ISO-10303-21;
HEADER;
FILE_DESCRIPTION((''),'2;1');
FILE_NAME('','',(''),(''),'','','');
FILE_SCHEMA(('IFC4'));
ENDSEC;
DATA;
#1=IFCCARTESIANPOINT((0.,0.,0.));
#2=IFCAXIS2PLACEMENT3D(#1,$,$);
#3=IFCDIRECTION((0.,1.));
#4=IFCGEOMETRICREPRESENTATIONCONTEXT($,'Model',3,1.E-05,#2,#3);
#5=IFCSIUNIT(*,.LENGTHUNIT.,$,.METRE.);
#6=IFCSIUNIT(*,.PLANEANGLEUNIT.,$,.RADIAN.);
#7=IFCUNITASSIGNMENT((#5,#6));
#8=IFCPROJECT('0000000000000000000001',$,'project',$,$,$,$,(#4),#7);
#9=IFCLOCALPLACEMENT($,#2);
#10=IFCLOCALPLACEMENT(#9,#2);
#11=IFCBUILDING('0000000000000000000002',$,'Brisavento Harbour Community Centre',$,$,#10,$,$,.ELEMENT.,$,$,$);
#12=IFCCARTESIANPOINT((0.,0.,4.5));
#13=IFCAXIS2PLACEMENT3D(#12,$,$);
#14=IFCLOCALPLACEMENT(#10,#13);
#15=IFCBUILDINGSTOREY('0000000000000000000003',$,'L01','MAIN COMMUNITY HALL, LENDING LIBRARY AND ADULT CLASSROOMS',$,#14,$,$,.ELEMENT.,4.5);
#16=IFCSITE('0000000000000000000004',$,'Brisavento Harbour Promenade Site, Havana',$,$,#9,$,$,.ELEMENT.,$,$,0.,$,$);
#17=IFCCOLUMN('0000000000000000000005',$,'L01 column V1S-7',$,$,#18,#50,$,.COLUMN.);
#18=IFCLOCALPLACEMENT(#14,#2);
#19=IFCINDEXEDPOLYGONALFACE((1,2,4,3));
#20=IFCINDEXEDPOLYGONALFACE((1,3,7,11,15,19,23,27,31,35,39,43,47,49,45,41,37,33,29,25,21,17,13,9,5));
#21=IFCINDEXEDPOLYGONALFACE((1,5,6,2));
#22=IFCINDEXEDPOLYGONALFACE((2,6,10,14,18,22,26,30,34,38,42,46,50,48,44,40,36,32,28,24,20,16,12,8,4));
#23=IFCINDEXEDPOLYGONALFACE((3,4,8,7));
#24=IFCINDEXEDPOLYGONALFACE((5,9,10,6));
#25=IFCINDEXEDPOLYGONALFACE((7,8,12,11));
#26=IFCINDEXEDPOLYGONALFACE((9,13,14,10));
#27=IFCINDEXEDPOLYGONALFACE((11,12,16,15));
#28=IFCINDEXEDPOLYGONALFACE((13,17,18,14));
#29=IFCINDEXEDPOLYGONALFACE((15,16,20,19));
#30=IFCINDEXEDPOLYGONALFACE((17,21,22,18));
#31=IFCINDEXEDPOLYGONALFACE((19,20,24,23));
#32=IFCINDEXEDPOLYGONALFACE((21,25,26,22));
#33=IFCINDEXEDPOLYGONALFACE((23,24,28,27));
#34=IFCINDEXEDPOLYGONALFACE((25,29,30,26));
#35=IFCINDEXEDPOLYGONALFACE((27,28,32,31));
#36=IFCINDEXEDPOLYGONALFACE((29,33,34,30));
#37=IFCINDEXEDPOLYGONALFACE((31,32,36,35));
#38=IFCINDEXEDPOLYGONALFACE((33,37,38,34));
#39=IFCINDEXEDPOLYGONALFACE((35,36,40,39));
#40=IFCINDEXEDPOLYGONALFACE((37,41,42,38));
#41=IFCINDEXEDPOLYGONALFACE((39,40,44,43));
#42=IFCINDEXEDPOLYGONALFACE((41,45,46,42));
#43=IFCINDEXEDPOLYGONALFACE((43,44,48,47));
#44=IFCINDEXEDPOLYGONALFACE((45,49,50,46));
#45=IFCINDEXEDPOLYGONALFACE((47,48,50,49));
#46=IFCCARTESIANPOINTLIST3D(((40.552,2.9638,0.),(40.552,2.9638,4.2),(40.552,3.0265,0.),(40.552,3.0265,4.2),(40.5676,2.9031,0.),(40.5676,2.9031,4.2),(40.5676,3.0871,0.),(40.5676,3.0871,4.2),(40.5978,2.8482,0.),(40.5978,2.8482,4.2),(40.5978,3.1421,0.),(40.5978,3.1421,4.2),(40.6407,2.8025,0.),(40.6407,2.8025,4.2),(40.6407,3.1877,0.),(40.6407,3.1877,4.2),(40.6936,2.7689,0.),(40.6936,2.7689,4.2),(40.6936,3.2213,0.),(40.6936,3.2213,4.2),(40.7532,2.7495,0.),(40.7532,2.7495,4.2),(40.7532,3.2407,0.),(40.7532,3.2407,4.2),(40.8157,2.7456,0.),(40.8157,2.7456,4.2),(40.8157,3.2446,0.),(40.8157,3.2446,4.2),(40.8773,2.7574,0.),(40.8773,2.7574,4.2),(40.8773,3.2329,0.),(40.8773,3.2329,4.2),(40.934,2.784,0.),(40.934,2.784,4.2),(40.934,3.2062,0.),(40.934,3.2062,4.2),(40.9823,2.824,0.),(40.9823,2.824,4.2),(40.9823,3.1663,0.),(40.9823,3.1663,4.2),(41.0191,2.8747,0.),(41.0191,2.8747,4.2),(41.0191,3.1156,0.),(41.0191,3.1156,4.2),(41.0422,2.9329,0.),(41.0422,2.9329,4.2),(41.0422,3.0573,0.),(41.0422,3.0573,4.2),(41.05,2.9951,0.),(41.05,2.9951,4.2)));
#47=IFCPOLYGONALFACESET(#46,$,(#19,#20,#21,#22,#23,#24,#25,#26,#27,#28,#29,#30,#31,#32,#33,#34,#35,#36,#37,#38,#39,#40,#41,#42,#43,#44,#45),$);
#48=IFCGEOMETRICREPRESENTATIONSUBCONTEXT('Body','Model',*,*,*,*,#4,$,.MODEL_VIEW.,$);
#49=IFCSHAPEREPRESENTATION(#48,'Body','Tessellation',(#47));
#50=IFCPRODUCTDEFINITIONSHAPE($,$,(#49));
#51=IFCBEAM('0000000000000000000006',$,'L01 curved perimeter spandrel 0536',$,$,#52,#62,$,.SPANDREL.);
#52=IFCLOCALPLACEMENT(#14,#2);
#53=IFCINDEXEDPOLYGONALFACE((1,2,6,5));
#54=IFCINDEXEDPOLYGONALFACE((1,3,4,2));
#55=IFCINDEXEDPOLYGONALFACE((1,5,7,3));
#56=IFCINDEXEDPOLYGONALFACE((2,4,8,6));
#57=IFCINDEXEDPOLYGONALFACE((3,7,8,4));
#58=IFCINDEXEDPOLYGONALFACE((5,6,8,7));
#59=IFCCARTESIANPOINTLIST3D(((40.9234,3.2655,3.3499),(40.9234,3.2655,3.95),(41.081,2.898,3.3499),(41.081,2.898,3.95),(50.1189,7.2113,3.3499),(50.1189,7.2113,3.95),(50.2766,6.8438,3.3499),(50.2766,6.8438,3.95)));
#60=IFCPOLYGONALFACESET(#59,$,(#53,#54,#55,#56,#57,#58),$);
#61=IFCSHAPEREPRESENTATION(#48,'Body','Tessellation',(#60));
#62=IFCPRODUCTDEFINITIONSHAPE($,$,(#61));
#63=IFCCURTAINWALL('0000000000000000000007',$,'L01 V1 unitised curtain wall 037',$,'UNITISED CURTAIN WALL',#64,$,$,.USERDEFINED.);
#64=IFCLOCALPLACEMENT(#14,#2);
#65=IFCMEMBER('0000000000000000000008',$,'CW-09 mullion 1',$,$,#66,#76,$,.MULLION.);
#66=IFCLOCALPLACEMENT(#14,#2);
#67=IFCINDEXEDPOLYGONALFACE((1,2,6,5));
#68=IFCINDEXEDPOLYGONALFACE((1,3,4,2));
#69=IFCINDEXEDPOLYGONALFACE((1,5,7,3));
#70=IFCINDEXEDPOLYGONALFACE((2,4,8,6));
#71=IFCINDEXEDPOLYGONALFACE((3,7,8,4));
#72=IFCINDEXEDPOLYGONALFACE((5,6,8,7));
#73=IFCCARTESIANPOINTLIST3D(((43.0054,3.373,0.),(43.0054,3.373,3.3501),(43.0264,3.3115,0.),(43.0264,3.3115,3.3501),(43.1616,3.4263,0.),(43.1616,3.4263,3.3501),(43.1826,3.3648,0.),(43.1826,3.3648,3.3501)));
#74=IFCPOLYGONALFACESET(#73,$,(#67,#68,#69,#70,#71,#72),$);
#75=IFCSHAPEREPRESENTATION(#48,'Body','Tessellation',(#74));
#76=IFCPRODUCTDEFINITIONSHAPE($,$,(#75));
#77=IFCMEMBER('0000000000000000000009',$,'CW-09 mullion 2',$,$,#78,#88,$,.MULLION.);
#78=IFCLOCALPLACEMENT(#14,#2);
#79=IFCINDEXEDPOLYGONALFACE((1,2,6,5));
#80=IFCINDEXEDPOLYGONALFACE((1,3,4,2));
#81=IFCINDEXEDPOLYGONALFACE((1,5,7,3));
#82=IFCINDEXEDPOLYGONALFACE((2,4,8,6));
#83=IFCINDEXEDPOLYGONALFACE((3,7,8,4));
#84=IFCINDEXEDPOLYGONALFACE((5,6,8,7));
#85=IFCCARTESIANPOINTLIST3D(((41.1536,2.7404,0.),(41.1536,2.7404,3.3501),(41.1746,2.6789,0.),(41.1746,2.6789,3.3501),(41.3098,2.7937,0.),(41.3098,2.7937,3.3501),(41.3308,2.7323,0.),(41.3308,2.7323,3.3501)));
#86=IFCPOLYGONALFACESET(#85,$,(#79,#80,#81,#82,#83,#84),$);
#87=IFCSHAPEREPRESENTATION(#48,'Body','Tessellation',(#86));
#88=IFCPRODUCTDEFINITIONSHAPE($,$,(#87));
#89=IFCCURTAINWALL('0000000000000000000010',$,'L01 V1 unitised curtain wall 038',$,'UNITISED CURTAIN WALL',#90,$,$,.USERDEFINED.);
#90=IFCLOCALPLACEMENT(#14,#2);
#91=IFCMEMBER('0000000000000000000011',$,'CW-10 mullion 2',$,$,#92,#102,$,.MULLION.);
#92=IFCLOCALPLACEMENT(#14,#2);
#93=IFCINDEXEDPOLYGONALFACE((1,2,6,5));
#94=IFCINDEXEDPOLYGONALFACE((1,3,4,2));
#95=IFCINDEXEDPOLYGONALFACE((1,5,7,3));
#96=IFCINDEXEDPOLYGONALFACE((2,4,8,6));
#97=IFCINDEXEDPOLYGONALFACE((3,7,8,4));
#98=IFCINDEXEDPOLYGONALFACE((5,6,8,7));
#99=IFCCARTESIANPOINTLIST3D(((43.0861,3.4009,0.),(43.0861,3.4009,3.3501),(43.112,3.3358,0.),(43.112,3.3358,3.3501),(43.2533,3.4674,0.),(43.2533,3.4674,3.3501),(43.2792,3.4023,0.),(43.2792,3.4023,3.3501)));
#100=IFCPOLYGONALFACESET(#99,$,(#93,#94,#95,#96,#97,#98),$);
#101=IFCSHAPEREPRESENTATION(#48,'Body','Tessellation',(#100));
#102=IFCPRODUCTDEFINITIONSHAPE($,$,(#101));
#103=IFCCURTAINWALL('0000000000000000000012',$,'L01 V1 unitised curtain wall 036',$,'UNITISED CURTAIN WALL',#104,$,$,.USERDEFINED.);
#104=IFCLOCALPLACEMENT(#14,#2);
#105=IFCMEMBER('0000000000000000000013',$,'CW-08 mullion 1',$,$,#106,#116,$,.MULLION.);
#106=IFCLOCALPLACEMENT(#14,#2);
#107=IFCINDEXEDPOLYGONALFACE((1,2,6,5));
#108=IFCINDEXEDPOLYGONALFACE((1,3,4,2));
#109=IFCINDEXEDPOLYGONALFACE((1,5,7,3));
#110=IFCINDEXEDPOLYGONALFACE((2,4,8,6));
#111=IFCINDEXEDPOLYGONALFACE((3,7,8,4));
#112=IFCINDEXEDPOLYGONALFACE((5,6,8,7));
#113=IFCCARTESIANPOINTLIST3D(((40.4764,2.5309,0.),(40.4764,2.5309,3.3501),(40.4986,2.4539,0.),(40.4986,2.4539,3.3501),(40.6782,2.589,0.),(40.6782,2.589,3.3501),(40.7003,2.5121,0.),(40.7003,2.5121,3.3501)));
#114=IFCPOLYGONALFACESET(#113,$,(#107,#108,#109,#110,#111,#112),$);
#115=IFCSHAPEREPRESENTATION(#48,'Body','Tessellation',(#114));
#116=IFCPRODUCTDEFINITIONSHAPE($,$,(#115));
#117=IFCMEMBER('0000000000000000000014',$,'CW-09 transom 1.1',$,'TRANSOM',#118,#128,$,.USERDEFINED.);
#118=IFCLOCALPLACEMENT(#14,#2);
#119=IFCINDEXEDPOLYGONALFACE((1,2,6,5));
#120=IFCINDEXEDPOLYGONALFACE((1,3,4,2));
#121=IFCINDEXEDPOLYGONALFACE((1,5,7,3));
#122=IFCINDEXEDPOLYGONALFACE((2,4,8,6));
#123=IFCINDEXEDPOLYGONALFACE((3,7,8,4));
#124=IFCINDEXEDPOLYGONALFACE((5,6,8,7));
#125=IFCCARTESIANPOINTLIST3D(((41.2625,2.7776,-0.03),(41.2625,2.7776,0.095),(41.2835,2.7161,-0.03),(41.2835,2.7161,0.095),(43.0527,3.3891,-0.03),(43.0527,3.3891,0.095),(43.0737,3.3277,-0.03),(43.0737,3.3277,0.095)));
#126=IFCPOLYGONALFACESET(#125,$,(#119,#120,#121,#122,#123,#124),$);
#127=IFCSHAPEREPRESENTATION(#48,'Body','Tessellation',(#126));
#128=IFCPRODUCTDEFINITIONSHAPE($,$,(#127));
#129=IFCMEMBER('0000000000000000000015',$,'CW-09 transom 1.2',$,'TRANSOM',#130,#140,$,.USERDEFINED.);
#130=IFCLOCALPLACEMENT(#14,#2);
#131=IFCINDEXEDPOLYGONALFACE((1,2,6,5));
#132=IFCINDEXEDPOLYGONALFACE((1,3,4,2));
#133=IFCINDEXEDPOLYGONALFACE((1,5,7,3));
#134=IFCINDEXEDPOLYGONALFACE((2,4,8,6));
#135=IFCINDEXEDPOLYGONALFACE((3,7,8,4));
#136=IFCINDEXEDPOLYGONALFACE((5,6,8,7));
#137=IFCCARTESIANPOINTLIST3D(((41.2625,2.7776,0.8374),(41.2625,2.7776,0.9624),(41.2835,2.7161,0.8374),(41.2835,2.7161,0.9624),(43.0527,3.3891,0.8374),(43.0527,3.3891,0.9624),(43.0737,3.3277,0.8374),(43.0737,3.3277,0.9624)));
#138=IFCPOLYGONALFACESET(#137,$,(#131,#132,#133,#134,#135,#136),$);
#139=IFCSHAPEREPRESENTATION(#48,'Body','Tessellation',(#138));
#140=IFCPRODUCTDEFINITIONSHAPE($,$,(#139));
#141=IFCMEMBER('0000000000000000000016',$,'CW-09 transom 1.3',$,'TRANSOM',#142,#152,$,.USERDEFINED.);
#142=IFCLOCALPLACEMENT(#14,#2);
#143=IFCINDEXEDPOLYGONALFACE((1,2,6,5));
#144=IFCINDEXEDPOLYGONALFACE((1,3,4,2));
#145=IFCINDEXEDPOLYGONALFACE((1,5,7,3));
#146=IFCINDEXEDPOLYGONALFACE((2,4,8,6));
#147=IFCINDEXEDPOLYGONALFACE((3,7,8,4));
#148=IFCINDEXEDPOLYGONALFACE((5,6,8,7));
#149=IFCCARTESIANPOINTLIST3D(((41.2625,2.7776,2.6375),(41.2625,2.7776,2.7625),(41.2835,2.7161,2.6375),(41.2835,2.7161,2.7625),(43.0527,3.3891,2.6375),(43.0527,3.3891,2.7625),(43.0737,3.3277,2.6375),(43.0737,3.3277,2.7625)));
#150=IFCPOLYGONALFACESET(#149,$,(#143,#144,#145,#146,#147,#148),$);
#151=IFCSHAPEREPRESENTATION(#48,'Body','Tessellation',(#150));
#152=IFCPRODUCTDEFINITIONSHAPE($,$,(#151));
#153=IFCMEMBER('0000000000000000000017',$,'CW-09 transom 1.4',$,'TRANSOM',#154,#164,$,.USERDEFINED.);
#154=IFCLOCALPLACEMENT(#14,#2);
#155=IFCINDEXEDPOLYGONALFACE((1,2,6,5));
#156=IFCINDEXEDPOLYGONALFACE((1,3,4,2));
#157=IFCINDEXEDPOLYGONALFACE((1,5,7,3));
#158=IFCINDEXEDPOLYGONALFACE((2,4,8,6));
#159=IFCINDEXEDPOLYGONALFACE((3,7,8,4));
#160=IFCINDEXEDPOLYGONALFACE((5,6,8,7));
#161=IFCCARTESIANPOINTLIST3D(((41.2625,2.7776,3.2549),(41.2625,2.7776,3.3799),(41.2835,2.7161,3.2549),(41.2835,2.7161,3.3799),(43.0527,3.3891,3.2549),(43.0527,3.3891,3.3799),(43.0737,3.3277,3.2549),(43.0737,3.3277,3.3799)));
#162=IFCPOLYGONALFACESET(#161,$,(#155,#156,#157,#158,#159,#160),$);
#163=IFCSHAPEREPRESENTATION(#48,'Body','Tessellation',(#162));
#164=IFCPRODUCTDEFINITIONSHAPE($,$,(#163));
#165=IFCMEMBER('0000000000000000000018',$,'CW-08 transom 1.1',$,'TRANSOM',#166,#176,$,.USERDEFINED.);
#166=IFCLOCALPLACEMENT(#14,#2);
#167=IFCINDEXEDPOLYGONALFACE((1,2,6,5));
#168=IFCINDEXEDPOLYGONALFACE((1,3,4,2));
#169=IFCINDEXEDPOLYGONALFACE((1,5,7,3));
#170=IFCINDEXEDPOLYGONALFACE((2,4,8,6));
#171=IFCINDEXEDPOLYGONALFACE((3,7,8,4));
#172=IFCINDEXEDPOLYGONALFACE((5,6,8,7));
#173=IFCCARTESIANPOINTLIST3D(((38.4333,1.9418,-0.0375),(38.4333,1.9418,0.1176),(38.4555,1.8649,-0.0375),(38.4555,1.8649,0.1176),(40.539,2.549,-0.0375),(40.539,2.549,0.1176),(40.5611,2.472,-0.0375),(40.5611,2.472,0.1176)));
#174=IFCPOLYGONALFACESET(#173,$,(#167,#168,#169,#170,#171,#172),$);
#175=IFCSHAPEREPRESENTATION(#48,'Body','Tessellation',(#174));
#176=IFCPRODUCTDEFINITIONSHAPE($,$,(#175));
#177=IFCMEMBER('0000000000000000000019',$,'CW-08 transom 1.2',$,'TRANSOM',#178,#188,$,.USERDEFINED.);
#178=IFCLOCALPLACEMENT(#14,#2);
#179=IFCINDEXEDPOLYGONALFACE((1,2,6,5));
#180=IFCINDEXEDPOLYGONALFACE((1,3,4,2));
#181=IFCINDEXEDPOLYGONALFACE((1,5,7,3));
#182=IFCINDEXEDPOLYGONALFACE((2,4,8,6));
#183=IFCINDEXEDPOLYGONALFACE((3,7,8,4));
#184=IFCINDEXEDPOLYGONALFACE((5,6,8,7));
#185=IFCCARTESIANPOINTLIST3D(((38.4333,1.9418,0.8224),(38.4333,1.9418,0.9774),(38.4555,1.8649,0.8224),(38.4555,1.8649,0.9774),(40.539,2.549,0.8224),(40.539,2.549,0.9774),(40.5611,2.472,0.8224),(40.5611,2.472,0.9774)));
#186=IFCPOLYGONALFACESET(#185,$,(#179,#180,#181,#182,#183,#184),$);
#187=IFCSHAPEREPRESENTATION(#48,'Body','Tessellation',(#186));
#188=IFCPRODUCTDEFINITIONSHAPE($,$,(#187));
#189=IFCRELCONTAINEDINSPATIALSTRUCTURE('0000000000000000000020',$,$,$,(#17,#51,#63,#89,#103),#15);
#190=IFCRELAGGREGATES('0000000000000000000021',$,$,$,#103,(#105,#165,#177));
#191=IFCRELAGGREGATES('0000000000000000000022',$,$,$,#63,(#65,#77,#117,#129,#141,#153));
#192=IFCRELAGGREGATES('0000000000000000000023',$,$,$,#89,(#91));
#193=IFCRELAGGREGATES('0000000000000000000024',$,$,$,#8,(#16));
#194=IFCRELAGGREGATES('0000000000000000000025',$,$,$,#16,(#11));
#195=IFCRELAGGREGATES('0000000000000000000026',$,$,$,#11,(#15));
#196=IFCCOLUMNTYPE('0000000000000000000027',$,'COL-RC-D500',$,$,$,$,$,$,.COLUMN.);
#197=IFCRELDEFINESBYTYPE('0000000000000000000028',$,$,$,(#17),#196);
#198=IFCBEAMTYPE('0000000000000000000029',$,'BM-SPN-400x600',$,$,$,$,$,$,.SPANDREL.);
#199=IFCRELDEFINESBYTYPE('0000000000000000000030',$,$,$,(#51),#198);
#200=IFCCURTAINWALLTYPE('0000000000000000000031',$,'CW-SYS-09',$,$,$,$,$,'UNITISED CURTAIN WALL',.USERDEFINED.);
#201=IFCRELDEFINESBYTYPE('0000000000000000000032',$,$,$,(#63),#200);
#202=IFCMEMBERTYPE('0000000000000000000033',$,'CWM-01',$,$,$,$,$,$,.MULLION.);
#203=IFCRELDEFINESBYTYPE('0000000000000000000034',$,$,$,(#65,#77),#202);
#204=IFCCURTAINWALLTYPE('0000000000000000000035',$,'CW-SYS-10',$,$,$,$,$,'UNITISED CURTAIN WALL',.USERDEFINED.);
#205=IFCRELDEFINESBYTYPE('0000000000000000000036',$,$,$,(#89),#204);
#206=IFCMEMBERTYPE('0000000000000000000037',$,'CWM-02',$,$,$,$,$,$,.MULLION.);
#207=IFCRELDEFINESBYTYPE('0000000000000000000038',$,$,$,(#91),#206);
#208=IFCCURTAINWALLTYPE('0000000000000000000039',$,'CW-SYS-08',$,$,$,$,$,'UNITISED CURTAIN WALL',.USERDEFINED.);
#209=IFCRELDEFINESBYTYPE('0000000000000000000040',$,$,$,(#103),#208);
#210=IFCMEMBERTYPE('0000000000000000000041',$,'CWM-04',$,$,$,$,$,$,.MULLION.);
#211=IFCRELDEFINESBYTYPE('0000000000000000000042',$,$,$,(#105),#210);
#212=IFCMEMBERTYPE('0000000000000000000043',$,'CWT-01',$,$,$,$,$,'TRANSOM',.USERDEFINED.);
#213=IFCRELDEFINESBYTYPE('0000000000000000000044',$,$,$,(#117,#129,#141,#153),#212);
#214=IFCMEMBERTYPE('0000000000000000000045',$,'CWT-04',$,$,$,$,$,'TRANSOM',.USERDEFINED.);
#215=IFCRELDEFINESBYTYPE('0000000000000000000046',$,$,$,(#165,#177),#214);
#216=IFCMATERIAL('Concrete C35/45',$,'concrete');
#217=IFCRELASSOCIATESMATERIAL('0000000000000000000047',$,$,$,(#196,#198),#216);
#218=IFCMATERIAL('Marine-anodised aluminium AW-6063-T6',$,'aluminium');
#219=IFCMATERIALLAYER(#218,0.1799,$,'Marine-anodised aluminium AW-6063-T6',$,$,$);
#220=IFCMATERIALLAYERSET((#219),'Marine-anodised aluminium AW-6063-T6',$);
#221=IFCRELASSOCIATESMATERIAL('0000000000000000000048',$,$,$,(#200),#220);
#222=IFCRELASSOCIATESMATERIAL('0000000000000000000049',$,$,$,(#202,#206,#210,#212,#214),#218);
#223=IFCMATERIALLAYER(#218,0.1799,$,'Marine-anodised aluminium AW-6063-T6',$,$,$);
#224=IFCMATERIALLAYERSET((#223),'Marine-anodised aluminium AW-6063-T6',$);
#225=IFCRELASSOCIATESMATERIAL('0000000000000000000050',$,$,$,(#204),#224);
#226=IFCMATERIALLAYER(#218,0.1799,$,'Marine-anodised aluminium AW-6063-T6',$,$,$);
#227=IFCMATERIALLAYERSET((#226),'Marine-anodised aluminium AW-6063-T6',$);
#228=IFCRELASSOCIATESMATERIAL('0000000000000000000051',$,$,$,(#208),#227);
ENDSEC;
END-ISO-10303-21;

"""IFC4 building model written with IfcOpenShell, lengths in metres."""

from ifc_helpers import new_model, si_unit, direction, frame, origin, origin_2d, place, context, subcontext, project, spatial, rectangle, circle, extrude, material, layer, layer_set, material_profile, profile_set, type_object, element, aggregate, save


model = new_model("IFC4")

# Units and contexts
model_context = context("Model", 3, precision=1e-05, world=origin(), true_north=direction((0.0, 1.0)))
body_context = subcontext(model_context, "Body", "Model", "MODEL_VIEW")
ifc_project = project(units=[si_unit("LENGTHUNIT", "METRE"), si_unit("PLANEANGLEUNIT", "RADIAN")], contexts=[model_context])

# Site, building, storey
site_placement = place(None, origin())
site = spatial("IfcSite", under=ifc_project, at=site_placement, Name="Brisavento Harbour Promenade Site, Havana", CompositionType="ELEMENT", RefElevation=0.0)
building_placement = place(site_placement, origin())
building = spatial("IfcBuilding", under=site, at=building_placement, Name="Brisavento Harbour Community Centre", CompositionType="ELEMENT")
storey_placement = place(building_placement, frame((0.0, 0.0, 4.5)))
storey = spatial("IfcBuildingStorey", under=building, at=storey_placement, Name="L01", Description="MAIN COMMUNITY HALL, LENDING LIBRARY AND ADULT CLASSROOMS", CompositionType="ELEMENT", Elevation=4.5)

# Column
ifc_material_1 = material(Name="Concrete C35/45", Category="concrete")
ifc_material_profile_1 = material_profile(ifc_material_1, circle(Radius=0.25, at=origin_2d()), Name="Concrete C35/45")
ifc_profile_set_1 = profile_set([ifc_material_profile_1], Name="Concrete C35/45")
column_type = type_object("IfcColumnType", Name="COL-RC-D500", PredefinedType="COLUMN", material=ifc_profile_set_1)
column_placement = place(storey_placement, frame((40.8, 2.9951, 0.0), z_axis=(0.0, 0.0, 1.0), x_axis=(1.0, 0.0, 0.0)))
element("IfcColumn", 1, at=column_placement, inside=storey, type_object=column_type, Name="L01 column V1S-7", PredefinedType="COLUMN", context=body_context, shape_type="SweptSolid", body=[
    extrude(circle(Radius=0.25, at=origin_2d()), origin(), (0.0, 0.0, 1.0), 4.2),
])

# Beam
ifc_material_profile_2 = material_profile(ifc_material_1, rectangle(XDim=0.3999, YDim=0.6001, at=origin_2d()), Name="Concrete C35/45")
ifc_profile_set_2 = profile_set([ifc_material_profile_2], Name="Concrete C35/45")
beam_type = type_object("IfcBeamType", Name="BM-SPN-400x600", PredefinedType="SPANDREL", material=ifc_profile_set_2)
beam_placement = place(storey_placement, frame((41.0022, 3.0818, 3.6499), z_axis=(0.91897, 0.394329, 0.0), x_axis=(-0.394329, 0.91897, 0.0)))
element("IfcBeam", 2, at=beam_placement, inside=storey, type_object=beam_type, Name="L01 curved perimeter spandrel 0536", PredefinedType="SPANDREL", context=body_context, shape_type="SweptSolid", body=[
    extrude(rectangle(XDim=0.3999, YDim=0.6001, at=origin_2d()), origin(), (0.0, 0.0, 1.0), 10.0063),
])

# Curtain wall, members
ifc_material_2 = material(Name="Marine-anodised aluminium AW-6063-T6", Category="aluminium")
ifc_layer_1 = layer(ifc_material_2, 0.1799, Name="Marine-anodised aluminium AW-6063-T6")
ifc_layer_set_1 = layer_set([ifc_layer_1], Name="Marine-anodised aluminium AW-6063-T6")
curtain_wall_type_1 = type_object("IfcCurtainWallType", Name="CW-SYS-09", ElementType="UNITISED CURTAIN WALL", PredefinedType="USERDEFINED", material=ifc_layer_set_1)
curtain_wall_1_placement = place(storey_placement, origin())
curtain_wall_1 = element("IfcCurtainWall", 3, at=curtain_wall_1_placement, inside=storey, type_object=curtain_wall_type_1, Name="L01 V1 unitised curtain wall 037", ObjectType="UNITISED CURTAIN WALL", PredefinedType="USERDEFINED")
ifc_material_profile_3 = material_profile(ifc_material_2, rectangle(XDim=0.0649, YDim=0.165, at=origin_2d()), Name="Marine-anodised aluminium AW-6063-T6")
ifc_profile_set_3 = profile_set([ifc_material_profile_3], Name="Marine-anodised aluminium AW-6063-T6")
member_type_1 = type_object("IfcMemberType", Name="CWM-01", PredefinedType="MULLION", material=ifc_profile_set_3)
member_1_placement = place(storey_placement, frame((43.094, 3.3689, 0.0), z_axis=(0.0, 0.0, 1.0), x_axis=(0.323178, -0.946338, 0.0)))
member_1 = element("IfcMember", 4, at=member_1_placement, type_object=member_type_1, Name="CW-09 mullion 1", PredefinedType="MULLION", context=body_context, shape_type="SweptSolid", body=[
    extrude(rectangle(XDim=0.0649, YDim=0.165, at=origin_2d()), origin(), (0.0, 0.0, 1.0), 3.3501),
])
member_2_placement = place(storey_placement, frame((41.2422, 2.7363, 0.0), z_axis=(0.0, 0.0, 1.0), x_axis=(0.323178, -0.946338, 0.0)))
member_2 = element("IfcMember", 5, at=member_2_placement, type_object=member_type_1, Name="CW-09 mullion 2", PredefinedType="MULLION", context=body_context, shape_type="SweptSolid", body=[
    extrude(rectangle(XDim=0.0649, YDim=0.165, at=origin_2d()), origin(), (0.0, 0.0, 1.0), 3.3501),
])

# Curtain walls, members
ifc_layer_2 = layer(ifc_material_2, 0.1799, Name="Marine-anodised aluminium AW-6063-T6")
ifc_layer_set_2 = layer_set([ifc_layer_2], Name="Marine-anodised aluminium AW-6063-T6")
curtain_wall_type_2 = type_object("IfcCurtainWallType", Name="CW-SYS-10", ElementType="UNITISED CURTAIN WALL", PredefinedType="USERDEFINED", material=ifc_layer_set_2)
curtain_wall_2_placement = place(storey_placement, origin())
curtain_wall_2 = element("IfcCurtainWall", 6, at=curtain_wall_2_placement, inside=storey, type_object=curtain_wall_type_2, Name="L01 V1 unitised curtain wall 038", ObjectType="UNITISED CURTAIN WALL", PredefinedType="USERDEFINED")
ifc_material_profile_4 = material_profile(ifc_material_2, rectangle(XDim=0.0701, YDim=0.1799, at=origin_2d()), Name="Marine-anodised aluminium AW-6063-T6")
ifc_profile_set_4 = profile_set([ifc_material_profile_4], Name="Marine-anodised aluminium AW-6063-T6")
member_type_2 = type_object("IfcMemberType", Name="CWM-02", PredefinedType="MULLION", material=ifc_profile_set_4)
member_3_placement = place(storey_placement, frame((43.1826, 3.4016, 0.0), z_axis=(0.0, 0.0, 1.0), x_axis=(0.369379, -0.929279, 0.0)))
member_3 = element("IfcMember", 7, at=member_3_placement, type_object=member_type_2, Name="CW-10 mullion 2", PredefinedType="MULLION", context=body_context, shape_type="SweptSolid", body=[
    extrude(rectangle(XDim=0.0701, YDim=0.1799, at=origin_2d()), origin(), (0.0, 0.0, 1.0), 3.3501),
])
ifc_layer_3 = layer(ifc_material_2, 0.1799, Name="Marine-anodised aluminium AW-6063-T6")
ifc_layer_set_3 = layer_set([ifc_layer_3], Name="Marine-anodised aluminium AW-6063-T6")
curtain_wall_type_3 = type_object("IfcCurtainWallType", Name="CW-SYS-08", ElementType="UNITISED CURTAIN WALL", PredefinedType="USERDEFINED", material=ifc_layer_set_3)
curtain_wall_3_placement = place(storey_placement, origin())
curtain_wall_3 = element("IfcCurtainWall", 8, at=curtain_wall_3_placement, inside=storey, type_object=curtain_wall_type_3, Name="L01 V1 unitised curtain wall 036", ObjectType="UNITISED CURTAIN WALL", PredefinedType="USERDEFINED")
ifc_material_profile_5 = material_profile(ifc_material_2, rectangle(XDim=0.0801, YDim=0.21, at=origin_2d()), Name="Marine-anodised aluminium AW-6063-T6")
ifc_profile_set_5 = profile_set([ifc_material_profile_5], Name="Marine-anodised aluminium AW-6063-T6")
member_type_3 = type_object("IfcMemberType", Name="CWM-04", PredefinedType="MULLION", material=ifc_profile_set_5)
member_4_placement = place(storey_placement, frame((40.5884, 2.5215, 0.0), z_axis=(0.0, 0.0, 1.0), x_axis=(0.277012, -0.960866, 0.0)))
member_4 = element("IfcMember", 9, at=member_4_placement, type_object=member_type_3, Name="CW-08 mullion 1", PredefinedType="MULLION", context=body_context, shape_type="SweptSolid", body=[
    extrude(rectangle(XDim=0.0801, YDim=0.21, at=origin_2d()), origin(), (0.0, 0.0, 1.0), 3.3501),
])

# Members
ifc_material_profile_6 = material_profile(ifc_material_2, rectangle(XDim=0.0649, YDim=0.125, at=origin_2d()), Name="Marine-anodised aluminium AW-6063-T6")
ifc_profile_set_6 = profile_set([ifc_material_profile_6], Name="Marine-anodised aluminium AW-6063-T6")
member_type_4 = type_object("IfcMemberType", Name="CWT-01", ElementType="TRANSOM", PredefinedType="USERDEFINED", material=ifc_profile_set_6)
member_5_placement = place(storey_placement, frame((43.0632, 3.3584, 0.0325), z_axis=(-0.946308, -0.323265, 0.0), x_axis=(0.323265, -0.946308, 0.0)))
member_5 = element("IfcMember", 10, at=member_5_placement, type_object=member_type_4, Name="CW-09 transom 1.1", ObjectType="TRANSOM", PredefinedType="USERDEFINED", context=body_context, shape_type="SweptSolid", body=[
    extrude(rectangle(XDim=0.0649, YDim=0.125, at=origin_2d()), origin(), (0.0, 0.0, 1.0), 1.8918),
])
member_6_placement = place(storey_placement, frame((43.0632, 3.3584, 0.8999), z_axis=(-0.946308, -0.323265, 0.0), x_axis=(0.323265, -0.946308, 0.0)))
member_6 = element("IfcMember", 11, at=member_6_placement, type_object=member_type_4, Name="CW-09 transom 1.2", ObjectType="TRANSOM", PredefinedType="USERDEFINED", context=body_context, shape_type="SweptSolid", body=[
    extrude(rectangle(XDim=0.0649, YDim=0.125, at=origin_2d()), origin(), (0.0, 0.0, 1.0), 1.8918),
])
member_7_placement = place(storey_placement, frame((43.0632, 3.3584, 2.7), z_axis=(-0.946308, -0.323265, 0.0), x_axis=(0.323265, -0.946308, 0.0)))
member_7 = element("IfcMember", 12, at=member_7_placement, type_object=member_type_4, Name="CW-09 transom 1.3", ObjectType="TRANSOM", PredefinedType="USERDEFINED", context=body_context, shape_type="SweptSolid", body=[
    extrude(rectangle(XDim=0.0649, YDim=0.125, at=origin_2d()), origin(), (0.0, 0.0, 1.0), 1.8918),
])
member_8_placement = place(storey_placement, frame((43.0632, 3.3584, 3.3174), z_axis=(-0.946308, -0.323265, 0.0), x_axis=(0.323265, -0.946308, 0.0)))
member_8 = element("IfcMember", 13, at=member_8_placement, type_object=member_type_4, Name="CW-09 transom 1.4", ObjectType="TRANSOM", PredefinedType="USERDEFINED", context=body_context, shape_type="SweptSolid", body=[
    extrude(rectangle(XDim=0.0649, YDim=0.125, at=origin_2d()), origin(), (0.0, 0.0, 1.0), 1.8918),
])
ifc_material_profile_7 = material_profile(ifc_material_2, rectangle(XDim=0.0801, YDim=0.155, at=origin_2d()), Name="Marine-anodised aluminium AW-6063-T6")
ifc_profile_set_7 = profile_set([ifc_material_profile_7], Name="Marine-anodised aluminium AW-6063-T6")
member_type_5 = type_object("IfcMemberType", Name="CWT-04", ElementType="TRANSOM", PredefinedType="USERDEFINED", material=ifc_profile_set_7)
member_9_placement = place(storey_placement, frame((40.55, 2.5105, 0.04), z_axis=(-0.960853, -0.27706, 0.0), x_axis=(0.27706, -0.960853, 0.0)))
member_9 = element("IfcMember", 14, at=member_9_placement, type_object=member_type_5, Name="CW-08 transom 1.1", ObjectType="TRANSOM", PredefinedType="USERDEFINED", context=body_context, shape_type="SweptSolid", body=[
    extrude(rectangle(XDim=0.0801, YDim=0.155, at=origin_2d()), origin(), (0.0, 0.0, 1.0), 2.1914),
])
member_10_placement = place(storey_placement, frame((40.55, 2.5105, 0.8999), z_axis=(-0.960853, -0.27706, 0.0), x_axis=(0.27706, -0.960853, 0.0)))
member_10 = element("IfcMember", 15, at=member_10_placement, type_object=member_type_5, Name="CW-08 transom 1.2", ObjectType="TRANSOM", PredefinedType="USERDEFINED", context=body_context, shape_type="SweptSolid", body=[
    extrude(rectangle(XDim=0.0801, YDim=0.155, at=origin_2d()), origin(), (0.0, 0.0, 1.0), 2.1914),
])
aggregate(curtain_wall_3, [member_4, member_9, member_10])

aggregate(curtain_wall_1, [member_1, member_2, member_5, member_6, member_7, member_8])
aggregate(curtain_wall_2, [member_3])

save(model, "model.ifc")
